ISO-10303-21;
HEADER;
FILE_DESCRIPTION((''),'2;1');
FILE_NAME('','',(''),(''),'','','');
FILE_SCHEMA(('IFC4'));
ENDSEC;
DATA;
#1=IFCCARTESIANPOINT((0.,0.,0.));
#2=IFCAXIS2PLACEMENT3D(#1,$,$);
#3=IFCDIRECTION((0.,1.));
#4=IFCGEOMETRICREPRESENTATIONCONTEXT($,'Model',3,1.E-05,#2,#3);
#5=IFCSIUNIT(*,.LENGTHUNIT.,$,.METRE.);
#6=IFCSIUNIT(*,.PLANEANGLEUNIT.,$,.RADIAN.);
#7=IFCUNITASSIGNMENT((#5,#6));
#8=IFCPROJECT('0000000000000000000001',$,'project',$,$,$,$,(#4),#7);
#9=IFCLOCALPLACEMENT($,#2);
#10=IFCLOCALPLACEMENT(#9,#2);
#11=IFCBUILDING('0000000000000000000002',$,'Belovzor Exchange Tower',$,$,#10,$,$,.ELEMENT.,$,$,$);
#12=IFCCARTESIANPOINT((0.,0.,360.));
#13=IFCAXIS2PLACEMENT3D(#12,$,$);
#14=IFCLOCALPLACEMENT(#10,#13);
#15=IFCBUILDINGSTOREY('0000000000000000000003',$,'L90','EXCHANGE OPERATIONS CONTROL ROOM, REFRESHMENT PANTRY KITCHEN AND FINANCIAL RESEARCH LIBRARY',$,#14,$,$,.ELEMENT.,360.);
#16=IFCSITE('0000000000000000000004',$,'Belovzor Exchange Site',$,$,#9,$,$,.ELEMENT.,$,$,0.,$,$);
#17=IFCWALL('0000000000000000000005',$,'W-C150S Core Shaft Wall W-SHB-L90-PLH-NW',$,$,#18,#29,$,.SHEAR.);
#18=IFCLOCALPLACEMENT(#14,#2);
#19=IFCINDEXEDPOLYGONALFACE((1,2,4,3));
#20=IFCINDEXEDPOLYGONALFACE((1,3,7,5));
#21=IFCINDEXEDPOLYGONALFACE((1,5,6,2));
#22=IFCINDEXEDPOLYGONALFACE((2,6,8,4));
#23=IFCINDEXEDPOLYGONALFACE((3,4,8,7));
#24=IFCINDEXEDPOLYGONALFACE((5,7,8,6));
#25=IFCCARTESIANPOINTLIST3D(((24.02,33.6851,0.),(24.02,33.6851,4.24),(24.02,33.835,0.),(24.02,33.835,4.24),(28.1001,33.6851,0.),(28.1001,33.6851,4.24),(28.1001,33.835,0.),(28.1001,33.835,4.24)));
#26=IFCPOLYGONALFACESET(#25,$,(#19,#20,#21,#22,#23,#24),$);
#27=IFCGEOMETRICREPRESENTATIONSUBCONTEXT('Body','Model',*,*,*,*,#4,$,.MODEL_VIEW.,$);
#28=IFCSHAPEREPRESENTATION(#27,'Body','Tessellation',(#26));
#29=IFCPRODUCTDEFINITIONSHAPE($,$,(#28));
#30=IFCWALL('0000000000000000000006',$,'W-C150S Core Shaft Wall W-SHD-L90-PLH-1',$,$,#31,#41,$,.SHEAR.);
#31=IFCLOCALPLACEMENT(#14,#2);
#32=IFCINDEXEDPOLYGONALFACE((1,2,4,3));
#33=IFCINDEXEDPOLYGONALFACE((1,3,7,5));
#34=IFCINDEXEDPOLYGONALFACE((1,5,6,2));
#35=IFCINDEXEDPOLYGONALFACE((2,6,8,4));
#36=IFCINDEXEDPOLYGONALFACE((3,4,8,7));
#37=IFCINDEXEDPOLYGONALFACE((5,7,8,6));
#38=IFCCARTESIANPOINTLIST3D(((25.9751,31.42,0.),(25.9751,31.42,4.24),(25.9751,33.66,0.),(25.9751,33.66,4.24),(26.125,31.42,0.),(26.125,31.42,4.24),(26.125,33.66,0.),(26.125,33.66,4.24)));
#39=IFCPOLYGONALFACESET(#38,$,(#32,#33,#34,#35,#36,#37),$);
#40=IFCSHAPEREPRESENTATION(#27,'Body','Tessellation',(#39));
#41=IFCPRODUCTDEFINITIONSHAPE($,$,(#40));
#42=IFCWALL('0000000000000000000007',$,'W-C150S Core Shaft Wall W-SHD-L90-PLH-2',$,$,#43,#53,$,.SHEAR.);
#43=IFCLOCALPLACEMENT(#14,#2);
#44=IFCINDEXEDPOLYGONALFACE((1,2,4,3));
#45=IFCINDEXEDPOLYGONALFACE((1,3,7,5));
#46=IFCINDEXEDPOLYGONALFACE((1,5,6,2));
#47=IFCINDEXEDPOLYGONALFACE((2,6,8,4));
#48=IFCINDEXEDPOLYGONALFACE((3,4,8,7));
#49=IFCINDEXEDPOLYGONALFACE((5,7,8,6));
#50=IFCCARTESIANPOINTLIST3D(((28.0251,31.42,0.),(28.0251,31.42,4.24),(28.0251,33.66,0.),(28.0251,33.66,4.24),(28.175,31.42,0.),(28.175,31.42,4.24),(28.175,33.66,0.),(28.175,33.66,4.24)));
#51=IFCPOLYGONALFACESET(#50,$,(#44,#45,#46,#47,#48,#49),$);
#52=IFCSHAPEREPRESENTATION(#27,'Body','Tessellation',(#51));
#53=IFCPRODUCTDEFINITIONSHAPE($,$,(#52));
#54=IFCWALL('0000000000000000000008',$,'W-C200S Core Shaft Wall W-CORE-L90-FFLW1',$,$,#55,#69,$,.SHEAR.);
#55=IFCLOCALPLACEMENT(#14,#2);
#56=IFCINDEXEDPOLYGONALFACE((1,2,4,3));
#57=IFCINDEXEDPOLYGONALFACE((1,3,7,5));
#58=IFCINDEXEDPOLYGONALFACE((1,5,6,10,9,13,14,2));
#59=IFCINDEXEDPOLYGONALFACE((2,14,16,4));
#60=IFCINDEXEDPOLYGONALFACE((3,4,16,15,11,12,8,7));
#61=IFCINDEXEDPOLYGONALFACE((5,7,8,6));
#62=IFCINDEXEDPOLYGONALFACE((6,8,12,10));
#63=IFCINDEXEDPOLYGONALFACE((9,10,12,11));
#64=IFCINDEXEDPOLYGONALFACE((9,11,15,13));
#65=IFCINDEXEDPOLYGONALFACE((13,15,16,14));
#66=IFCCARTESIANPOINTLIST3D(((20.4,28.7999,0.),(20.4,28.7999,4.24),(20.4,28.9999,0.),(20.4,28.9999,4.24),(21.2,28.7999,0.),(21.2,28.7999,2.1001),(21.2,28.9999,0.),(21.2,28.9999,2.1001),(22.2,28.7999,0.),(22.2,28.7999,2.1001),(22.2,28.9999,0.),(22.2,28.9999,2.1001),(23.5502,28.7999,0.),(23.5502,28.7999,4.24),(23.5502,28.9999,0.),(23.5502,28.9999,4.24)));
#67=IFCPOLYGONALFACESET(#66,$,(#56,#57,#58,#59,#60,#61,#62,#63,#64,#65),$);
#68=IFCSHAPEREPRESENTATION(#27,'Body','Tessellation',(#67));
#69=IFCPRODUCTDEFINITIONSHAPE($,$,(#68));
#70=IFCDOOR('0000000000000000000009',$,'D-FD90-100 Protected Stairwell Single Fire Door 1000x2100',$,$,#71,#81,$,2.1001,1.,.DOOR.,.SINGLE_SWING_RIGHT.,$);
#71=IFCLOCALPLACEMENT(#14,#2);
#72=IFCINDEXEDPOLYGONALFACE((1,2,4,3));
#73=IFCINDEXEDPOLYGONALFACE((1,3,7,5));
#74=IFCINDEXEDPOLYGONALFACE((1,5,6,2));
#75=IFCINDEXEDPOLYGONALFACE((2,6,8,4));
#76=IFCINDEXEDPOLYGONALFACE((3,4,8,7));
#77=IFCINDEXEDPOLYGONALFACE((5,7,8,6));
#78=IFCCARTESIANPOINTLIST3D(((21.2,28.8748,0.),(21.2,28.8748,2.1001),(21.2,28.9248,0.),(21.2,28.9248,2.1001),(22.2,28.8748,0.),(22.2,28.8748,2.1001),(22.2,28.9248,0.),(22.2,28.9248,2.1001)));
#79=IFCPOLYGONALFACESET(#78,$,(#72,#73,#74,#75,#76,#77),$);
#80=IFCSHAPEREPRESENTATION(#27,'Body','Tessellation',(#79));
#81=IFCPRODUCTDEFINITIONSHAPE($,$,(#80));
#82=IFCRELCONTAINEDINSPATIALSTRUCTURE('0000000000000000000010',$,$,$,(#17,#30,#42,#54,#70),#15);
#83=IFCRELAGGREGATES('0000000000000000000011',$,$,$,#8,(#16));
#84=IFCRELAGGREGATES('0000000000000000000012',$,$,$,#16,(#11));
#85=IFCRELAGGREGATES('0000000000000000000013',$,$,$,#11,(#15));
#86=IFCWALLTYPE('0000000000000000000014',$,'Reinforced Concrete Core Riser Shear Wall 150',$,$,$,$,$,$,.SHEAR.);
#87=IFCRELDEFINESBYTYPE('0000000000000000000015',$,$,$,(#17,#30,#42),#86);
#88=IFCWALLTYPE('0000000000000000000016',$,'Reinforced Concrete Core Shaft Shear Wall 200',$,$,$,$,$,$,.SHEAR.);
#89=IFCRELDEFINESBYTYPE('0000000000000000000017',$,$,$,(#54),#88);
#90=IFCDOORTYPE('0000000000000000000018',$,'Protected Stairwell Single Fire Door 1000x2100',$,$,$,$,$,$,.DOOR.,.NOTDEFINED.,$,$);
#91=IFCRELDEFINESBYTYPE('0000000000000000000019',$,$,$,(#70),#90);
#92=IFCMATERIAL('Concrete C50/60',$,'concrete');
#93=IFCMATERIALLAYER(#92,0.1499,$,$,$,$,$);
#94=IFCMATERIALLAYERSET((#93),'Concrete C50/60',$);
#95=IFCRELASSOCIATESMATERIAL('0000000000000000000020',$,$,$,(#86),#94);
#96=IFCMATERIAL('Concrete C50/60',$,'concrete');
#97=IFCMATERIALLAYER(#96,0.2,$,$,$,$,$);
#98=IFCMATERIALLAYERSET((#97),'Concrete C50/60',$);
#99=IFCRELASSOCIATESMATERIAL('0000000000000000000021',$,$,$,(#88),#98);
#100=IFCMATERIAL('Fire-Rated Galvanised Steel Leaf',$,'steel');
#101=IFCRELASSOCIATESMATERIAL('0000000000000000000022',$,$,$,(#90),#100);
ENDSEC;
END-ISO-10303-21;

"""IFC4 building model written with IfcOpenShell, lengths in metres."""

from ifc_helpers import new_model, si_unit, direction, frame, frame_2d, origin, place, context, subcontext, project, spatial, rectangle, extrude, material, layer, layer_set, type_object, element, fill, save


model = new_model("IFC4")

# Units and contexts
model_context = context("Model", 3, precision=1e-05, world=origin(), true_north=direction((0.0, 1.0)))
body_context = subcontext(model_context, "Body", "Model", "MODEL_VIEW")
ifc_project = project(units=[si_unit("LENGTHUNIT", "METRE"), si_unit("PLANEANGLEUNIT", "RADIAN")], contexts=[model_context])

# Site, building, storey
site_placement = place(None, origin())
site = spatial("IfcSite", under=ifc_project, at=site_placement, Name="Belovzor Exchange Site", CompositionType="ELEMENT", RefElevation=0.0)
building_placement = place(site_placement, origin())
building = spatial("IfcBuilding", under=site, at=building_placement, Name="Belovzor Exchange Tower", CompositionType="ELEMENT")
storey_placement = place(building_placement, frame((0.0, 0.0, 360.0)))
storey = spatial("IfcBuildingStorey", under=building, at=storey_placement, Name="L90", Description="EXCHANGE OPERATIONS CONTROL ROOM, REFRESHMENT PANTRY KITCHEN AND FINANCIAL RESEARCH LIBRARY", CompositionType="ELEMENT", Elevation=360.0)

# Walls
ifc_material_1 = material(Name="Concrete C50/60", Category="concrete")
ifc_layer_1 = layer(ifc_material_1, 0.1499)
ifc_layer_set_1 = layer_set([ifc_layer_1], Name="Concrete C50/60")
wall_type_1 = type_object("IfcWallType", Name="Reinforced Concrete Core Riser Shear Wall 150", PredefinedType="SHEAR", material=ifc_layer_set_1)
wall_1_placement = place(storey_placement, frame((24.02, 33.76, 0.0), z_axis=(0.0, 0.0, 1.0), x_axis=(1.0, 0.0, 0.0)))
element("IfcWall", 1, at=wall_1_placement, inside=storey, type_object=wall_type_1, Name="W-C150S Core Shaft Wall W-SHB-L90-PLH-NW", PredefinedType="SHEAR", context=body_context, shape_type="SweptSolid", body=[
    extrude(rectangle(XDim=4.0801, YDim=0.1499, at=frame_2d((2.04, 0.0))), origin(), (0.0, 0.0, 1.0), 4.24),
])
for number, where, z_axis, x_axis, name in (
    (2, (26.05, 31.4199, 0.0), (0.0, 0.0, 1.0), (0.0, 1.0, 0.0), "W-C150S Core Shaft Wall W-SHD-L90-PLH-1"),
    (3, (28.1001, 31.4199, 0.0), (0.0, 0.0, 1.0), (0.0, 1.0, 0.0), "W-C150S Core Shaft Wall W-SHD-L90-PLH-2"),
):
    element("IfcWall", number, at=place(storey_placement, frame(where, z_axis=z_axis, x_axis=x_axis)), inside=storey, type_object=wall_type_1, Name=name, PredefinedType="SHEAR", context=body_context, shape_type="SweptSolid", body=[
        extrude(rectangle(XDim=2.24, YDim=0.1499, at=frame_2d((1.1201, 0.0))), origin(), (0.0, 0.0, 1.0), 4.24),
    ])

# Wall, opening, door
ifc_material_2 = material(Name="Concrete C50/60", Category="concrete")
ifc_layer_2 = layer(ifc_material_2, 0.2)
ifc_layer_set_2 = layer_set([ifc_layer_2], Name="Concrete C50/60")
wall_type_2 = type_object("IfcWallType", Name="Reinforced Concrete Core Shaft Shear Wall 200", PredefinedType="SHEAR", material=ifc_layer_set_2)
wall_2_placement = place(storey_placement, frame((20.3999, 28.8999, 0.0), z_axis=(0.0, 0.0, 1.0), x_axis=(1.0, 0.0, 0.0)))
wall_2 = element("IfcWall", 4, at=wall_2_placement, inside=storey, type_object=wall_type_2, Name="W-C200S Core Shaft Wall W-CORE-L90-FFLW1", PredefinedType="SHEAR", context=body_context, shape_type="SweptSolid", body=[
    extrude(rectangle(XDim=3.1501, YDim=0.2, at=frame_2d((1.5752, 0.0))), origin(), (0.0, 0.0, 1.0), 4.24),
])
opening_1_placement = place(wall_2_placement, frame((0.8, 0.0, 0.0)))
opening_1 = element("IfcOpeningElement", 5, at=opening_1_placement, cuts=wall_2, PredefinedType="OPENING", context=body_context, shape_type="SweptSolid", body=[
    extrude(rectangle(XDim=1.0, YDim=2.1001, at=frame_2d((0.5, 1.05))), frame((0.0, 0.1099, 0.0), z_axis=(0.0, -1.0, 0.0), x_axis=(1.0, 0.0, 0.0)), (0.0, 0.0, 1.0), 0.22),
])
ifc_material_3 = material(Name="Fire-Rated Galvanised Steel Leaf", Category="steel")
door_type_1 = type_object("IfcDoorType", Name="Protected Stairwell Single Fire Door 1000x2100", OperationType="NOTDEFINED", PredefinedType="DOOR", material=ifc_material_3)
door_1_placement = place(opening_1_placement, origin())
door_1 = element("IfcDoor", 6, at=door_1_placement, inside=storey, type_object=door_type_1, Name="D-FD90-100 Protected Stairwell Single Fire Door 1000x2100", OperationType="SINGLE_SWING_RIGHT", OverallHeight=2.1001, OverallWidth=1.0, PredefinedType="DOOR", context=body_context, shape_type="SweptSolid", body=[
    extrude(rectangle(XDim=1.0, YDim=2.1001, at=frame_2d((0.5, 1.05))), frame((0.0, 0.0249, 0.0), z_axis=(0.0, -1.0, 0.0), x_axis=(1.0, 0.0, 0.0)), (0.0, 0.0, 1.0), 0.05),
])
fill(opening_1, door_1)

save(model, "model.ifc")
